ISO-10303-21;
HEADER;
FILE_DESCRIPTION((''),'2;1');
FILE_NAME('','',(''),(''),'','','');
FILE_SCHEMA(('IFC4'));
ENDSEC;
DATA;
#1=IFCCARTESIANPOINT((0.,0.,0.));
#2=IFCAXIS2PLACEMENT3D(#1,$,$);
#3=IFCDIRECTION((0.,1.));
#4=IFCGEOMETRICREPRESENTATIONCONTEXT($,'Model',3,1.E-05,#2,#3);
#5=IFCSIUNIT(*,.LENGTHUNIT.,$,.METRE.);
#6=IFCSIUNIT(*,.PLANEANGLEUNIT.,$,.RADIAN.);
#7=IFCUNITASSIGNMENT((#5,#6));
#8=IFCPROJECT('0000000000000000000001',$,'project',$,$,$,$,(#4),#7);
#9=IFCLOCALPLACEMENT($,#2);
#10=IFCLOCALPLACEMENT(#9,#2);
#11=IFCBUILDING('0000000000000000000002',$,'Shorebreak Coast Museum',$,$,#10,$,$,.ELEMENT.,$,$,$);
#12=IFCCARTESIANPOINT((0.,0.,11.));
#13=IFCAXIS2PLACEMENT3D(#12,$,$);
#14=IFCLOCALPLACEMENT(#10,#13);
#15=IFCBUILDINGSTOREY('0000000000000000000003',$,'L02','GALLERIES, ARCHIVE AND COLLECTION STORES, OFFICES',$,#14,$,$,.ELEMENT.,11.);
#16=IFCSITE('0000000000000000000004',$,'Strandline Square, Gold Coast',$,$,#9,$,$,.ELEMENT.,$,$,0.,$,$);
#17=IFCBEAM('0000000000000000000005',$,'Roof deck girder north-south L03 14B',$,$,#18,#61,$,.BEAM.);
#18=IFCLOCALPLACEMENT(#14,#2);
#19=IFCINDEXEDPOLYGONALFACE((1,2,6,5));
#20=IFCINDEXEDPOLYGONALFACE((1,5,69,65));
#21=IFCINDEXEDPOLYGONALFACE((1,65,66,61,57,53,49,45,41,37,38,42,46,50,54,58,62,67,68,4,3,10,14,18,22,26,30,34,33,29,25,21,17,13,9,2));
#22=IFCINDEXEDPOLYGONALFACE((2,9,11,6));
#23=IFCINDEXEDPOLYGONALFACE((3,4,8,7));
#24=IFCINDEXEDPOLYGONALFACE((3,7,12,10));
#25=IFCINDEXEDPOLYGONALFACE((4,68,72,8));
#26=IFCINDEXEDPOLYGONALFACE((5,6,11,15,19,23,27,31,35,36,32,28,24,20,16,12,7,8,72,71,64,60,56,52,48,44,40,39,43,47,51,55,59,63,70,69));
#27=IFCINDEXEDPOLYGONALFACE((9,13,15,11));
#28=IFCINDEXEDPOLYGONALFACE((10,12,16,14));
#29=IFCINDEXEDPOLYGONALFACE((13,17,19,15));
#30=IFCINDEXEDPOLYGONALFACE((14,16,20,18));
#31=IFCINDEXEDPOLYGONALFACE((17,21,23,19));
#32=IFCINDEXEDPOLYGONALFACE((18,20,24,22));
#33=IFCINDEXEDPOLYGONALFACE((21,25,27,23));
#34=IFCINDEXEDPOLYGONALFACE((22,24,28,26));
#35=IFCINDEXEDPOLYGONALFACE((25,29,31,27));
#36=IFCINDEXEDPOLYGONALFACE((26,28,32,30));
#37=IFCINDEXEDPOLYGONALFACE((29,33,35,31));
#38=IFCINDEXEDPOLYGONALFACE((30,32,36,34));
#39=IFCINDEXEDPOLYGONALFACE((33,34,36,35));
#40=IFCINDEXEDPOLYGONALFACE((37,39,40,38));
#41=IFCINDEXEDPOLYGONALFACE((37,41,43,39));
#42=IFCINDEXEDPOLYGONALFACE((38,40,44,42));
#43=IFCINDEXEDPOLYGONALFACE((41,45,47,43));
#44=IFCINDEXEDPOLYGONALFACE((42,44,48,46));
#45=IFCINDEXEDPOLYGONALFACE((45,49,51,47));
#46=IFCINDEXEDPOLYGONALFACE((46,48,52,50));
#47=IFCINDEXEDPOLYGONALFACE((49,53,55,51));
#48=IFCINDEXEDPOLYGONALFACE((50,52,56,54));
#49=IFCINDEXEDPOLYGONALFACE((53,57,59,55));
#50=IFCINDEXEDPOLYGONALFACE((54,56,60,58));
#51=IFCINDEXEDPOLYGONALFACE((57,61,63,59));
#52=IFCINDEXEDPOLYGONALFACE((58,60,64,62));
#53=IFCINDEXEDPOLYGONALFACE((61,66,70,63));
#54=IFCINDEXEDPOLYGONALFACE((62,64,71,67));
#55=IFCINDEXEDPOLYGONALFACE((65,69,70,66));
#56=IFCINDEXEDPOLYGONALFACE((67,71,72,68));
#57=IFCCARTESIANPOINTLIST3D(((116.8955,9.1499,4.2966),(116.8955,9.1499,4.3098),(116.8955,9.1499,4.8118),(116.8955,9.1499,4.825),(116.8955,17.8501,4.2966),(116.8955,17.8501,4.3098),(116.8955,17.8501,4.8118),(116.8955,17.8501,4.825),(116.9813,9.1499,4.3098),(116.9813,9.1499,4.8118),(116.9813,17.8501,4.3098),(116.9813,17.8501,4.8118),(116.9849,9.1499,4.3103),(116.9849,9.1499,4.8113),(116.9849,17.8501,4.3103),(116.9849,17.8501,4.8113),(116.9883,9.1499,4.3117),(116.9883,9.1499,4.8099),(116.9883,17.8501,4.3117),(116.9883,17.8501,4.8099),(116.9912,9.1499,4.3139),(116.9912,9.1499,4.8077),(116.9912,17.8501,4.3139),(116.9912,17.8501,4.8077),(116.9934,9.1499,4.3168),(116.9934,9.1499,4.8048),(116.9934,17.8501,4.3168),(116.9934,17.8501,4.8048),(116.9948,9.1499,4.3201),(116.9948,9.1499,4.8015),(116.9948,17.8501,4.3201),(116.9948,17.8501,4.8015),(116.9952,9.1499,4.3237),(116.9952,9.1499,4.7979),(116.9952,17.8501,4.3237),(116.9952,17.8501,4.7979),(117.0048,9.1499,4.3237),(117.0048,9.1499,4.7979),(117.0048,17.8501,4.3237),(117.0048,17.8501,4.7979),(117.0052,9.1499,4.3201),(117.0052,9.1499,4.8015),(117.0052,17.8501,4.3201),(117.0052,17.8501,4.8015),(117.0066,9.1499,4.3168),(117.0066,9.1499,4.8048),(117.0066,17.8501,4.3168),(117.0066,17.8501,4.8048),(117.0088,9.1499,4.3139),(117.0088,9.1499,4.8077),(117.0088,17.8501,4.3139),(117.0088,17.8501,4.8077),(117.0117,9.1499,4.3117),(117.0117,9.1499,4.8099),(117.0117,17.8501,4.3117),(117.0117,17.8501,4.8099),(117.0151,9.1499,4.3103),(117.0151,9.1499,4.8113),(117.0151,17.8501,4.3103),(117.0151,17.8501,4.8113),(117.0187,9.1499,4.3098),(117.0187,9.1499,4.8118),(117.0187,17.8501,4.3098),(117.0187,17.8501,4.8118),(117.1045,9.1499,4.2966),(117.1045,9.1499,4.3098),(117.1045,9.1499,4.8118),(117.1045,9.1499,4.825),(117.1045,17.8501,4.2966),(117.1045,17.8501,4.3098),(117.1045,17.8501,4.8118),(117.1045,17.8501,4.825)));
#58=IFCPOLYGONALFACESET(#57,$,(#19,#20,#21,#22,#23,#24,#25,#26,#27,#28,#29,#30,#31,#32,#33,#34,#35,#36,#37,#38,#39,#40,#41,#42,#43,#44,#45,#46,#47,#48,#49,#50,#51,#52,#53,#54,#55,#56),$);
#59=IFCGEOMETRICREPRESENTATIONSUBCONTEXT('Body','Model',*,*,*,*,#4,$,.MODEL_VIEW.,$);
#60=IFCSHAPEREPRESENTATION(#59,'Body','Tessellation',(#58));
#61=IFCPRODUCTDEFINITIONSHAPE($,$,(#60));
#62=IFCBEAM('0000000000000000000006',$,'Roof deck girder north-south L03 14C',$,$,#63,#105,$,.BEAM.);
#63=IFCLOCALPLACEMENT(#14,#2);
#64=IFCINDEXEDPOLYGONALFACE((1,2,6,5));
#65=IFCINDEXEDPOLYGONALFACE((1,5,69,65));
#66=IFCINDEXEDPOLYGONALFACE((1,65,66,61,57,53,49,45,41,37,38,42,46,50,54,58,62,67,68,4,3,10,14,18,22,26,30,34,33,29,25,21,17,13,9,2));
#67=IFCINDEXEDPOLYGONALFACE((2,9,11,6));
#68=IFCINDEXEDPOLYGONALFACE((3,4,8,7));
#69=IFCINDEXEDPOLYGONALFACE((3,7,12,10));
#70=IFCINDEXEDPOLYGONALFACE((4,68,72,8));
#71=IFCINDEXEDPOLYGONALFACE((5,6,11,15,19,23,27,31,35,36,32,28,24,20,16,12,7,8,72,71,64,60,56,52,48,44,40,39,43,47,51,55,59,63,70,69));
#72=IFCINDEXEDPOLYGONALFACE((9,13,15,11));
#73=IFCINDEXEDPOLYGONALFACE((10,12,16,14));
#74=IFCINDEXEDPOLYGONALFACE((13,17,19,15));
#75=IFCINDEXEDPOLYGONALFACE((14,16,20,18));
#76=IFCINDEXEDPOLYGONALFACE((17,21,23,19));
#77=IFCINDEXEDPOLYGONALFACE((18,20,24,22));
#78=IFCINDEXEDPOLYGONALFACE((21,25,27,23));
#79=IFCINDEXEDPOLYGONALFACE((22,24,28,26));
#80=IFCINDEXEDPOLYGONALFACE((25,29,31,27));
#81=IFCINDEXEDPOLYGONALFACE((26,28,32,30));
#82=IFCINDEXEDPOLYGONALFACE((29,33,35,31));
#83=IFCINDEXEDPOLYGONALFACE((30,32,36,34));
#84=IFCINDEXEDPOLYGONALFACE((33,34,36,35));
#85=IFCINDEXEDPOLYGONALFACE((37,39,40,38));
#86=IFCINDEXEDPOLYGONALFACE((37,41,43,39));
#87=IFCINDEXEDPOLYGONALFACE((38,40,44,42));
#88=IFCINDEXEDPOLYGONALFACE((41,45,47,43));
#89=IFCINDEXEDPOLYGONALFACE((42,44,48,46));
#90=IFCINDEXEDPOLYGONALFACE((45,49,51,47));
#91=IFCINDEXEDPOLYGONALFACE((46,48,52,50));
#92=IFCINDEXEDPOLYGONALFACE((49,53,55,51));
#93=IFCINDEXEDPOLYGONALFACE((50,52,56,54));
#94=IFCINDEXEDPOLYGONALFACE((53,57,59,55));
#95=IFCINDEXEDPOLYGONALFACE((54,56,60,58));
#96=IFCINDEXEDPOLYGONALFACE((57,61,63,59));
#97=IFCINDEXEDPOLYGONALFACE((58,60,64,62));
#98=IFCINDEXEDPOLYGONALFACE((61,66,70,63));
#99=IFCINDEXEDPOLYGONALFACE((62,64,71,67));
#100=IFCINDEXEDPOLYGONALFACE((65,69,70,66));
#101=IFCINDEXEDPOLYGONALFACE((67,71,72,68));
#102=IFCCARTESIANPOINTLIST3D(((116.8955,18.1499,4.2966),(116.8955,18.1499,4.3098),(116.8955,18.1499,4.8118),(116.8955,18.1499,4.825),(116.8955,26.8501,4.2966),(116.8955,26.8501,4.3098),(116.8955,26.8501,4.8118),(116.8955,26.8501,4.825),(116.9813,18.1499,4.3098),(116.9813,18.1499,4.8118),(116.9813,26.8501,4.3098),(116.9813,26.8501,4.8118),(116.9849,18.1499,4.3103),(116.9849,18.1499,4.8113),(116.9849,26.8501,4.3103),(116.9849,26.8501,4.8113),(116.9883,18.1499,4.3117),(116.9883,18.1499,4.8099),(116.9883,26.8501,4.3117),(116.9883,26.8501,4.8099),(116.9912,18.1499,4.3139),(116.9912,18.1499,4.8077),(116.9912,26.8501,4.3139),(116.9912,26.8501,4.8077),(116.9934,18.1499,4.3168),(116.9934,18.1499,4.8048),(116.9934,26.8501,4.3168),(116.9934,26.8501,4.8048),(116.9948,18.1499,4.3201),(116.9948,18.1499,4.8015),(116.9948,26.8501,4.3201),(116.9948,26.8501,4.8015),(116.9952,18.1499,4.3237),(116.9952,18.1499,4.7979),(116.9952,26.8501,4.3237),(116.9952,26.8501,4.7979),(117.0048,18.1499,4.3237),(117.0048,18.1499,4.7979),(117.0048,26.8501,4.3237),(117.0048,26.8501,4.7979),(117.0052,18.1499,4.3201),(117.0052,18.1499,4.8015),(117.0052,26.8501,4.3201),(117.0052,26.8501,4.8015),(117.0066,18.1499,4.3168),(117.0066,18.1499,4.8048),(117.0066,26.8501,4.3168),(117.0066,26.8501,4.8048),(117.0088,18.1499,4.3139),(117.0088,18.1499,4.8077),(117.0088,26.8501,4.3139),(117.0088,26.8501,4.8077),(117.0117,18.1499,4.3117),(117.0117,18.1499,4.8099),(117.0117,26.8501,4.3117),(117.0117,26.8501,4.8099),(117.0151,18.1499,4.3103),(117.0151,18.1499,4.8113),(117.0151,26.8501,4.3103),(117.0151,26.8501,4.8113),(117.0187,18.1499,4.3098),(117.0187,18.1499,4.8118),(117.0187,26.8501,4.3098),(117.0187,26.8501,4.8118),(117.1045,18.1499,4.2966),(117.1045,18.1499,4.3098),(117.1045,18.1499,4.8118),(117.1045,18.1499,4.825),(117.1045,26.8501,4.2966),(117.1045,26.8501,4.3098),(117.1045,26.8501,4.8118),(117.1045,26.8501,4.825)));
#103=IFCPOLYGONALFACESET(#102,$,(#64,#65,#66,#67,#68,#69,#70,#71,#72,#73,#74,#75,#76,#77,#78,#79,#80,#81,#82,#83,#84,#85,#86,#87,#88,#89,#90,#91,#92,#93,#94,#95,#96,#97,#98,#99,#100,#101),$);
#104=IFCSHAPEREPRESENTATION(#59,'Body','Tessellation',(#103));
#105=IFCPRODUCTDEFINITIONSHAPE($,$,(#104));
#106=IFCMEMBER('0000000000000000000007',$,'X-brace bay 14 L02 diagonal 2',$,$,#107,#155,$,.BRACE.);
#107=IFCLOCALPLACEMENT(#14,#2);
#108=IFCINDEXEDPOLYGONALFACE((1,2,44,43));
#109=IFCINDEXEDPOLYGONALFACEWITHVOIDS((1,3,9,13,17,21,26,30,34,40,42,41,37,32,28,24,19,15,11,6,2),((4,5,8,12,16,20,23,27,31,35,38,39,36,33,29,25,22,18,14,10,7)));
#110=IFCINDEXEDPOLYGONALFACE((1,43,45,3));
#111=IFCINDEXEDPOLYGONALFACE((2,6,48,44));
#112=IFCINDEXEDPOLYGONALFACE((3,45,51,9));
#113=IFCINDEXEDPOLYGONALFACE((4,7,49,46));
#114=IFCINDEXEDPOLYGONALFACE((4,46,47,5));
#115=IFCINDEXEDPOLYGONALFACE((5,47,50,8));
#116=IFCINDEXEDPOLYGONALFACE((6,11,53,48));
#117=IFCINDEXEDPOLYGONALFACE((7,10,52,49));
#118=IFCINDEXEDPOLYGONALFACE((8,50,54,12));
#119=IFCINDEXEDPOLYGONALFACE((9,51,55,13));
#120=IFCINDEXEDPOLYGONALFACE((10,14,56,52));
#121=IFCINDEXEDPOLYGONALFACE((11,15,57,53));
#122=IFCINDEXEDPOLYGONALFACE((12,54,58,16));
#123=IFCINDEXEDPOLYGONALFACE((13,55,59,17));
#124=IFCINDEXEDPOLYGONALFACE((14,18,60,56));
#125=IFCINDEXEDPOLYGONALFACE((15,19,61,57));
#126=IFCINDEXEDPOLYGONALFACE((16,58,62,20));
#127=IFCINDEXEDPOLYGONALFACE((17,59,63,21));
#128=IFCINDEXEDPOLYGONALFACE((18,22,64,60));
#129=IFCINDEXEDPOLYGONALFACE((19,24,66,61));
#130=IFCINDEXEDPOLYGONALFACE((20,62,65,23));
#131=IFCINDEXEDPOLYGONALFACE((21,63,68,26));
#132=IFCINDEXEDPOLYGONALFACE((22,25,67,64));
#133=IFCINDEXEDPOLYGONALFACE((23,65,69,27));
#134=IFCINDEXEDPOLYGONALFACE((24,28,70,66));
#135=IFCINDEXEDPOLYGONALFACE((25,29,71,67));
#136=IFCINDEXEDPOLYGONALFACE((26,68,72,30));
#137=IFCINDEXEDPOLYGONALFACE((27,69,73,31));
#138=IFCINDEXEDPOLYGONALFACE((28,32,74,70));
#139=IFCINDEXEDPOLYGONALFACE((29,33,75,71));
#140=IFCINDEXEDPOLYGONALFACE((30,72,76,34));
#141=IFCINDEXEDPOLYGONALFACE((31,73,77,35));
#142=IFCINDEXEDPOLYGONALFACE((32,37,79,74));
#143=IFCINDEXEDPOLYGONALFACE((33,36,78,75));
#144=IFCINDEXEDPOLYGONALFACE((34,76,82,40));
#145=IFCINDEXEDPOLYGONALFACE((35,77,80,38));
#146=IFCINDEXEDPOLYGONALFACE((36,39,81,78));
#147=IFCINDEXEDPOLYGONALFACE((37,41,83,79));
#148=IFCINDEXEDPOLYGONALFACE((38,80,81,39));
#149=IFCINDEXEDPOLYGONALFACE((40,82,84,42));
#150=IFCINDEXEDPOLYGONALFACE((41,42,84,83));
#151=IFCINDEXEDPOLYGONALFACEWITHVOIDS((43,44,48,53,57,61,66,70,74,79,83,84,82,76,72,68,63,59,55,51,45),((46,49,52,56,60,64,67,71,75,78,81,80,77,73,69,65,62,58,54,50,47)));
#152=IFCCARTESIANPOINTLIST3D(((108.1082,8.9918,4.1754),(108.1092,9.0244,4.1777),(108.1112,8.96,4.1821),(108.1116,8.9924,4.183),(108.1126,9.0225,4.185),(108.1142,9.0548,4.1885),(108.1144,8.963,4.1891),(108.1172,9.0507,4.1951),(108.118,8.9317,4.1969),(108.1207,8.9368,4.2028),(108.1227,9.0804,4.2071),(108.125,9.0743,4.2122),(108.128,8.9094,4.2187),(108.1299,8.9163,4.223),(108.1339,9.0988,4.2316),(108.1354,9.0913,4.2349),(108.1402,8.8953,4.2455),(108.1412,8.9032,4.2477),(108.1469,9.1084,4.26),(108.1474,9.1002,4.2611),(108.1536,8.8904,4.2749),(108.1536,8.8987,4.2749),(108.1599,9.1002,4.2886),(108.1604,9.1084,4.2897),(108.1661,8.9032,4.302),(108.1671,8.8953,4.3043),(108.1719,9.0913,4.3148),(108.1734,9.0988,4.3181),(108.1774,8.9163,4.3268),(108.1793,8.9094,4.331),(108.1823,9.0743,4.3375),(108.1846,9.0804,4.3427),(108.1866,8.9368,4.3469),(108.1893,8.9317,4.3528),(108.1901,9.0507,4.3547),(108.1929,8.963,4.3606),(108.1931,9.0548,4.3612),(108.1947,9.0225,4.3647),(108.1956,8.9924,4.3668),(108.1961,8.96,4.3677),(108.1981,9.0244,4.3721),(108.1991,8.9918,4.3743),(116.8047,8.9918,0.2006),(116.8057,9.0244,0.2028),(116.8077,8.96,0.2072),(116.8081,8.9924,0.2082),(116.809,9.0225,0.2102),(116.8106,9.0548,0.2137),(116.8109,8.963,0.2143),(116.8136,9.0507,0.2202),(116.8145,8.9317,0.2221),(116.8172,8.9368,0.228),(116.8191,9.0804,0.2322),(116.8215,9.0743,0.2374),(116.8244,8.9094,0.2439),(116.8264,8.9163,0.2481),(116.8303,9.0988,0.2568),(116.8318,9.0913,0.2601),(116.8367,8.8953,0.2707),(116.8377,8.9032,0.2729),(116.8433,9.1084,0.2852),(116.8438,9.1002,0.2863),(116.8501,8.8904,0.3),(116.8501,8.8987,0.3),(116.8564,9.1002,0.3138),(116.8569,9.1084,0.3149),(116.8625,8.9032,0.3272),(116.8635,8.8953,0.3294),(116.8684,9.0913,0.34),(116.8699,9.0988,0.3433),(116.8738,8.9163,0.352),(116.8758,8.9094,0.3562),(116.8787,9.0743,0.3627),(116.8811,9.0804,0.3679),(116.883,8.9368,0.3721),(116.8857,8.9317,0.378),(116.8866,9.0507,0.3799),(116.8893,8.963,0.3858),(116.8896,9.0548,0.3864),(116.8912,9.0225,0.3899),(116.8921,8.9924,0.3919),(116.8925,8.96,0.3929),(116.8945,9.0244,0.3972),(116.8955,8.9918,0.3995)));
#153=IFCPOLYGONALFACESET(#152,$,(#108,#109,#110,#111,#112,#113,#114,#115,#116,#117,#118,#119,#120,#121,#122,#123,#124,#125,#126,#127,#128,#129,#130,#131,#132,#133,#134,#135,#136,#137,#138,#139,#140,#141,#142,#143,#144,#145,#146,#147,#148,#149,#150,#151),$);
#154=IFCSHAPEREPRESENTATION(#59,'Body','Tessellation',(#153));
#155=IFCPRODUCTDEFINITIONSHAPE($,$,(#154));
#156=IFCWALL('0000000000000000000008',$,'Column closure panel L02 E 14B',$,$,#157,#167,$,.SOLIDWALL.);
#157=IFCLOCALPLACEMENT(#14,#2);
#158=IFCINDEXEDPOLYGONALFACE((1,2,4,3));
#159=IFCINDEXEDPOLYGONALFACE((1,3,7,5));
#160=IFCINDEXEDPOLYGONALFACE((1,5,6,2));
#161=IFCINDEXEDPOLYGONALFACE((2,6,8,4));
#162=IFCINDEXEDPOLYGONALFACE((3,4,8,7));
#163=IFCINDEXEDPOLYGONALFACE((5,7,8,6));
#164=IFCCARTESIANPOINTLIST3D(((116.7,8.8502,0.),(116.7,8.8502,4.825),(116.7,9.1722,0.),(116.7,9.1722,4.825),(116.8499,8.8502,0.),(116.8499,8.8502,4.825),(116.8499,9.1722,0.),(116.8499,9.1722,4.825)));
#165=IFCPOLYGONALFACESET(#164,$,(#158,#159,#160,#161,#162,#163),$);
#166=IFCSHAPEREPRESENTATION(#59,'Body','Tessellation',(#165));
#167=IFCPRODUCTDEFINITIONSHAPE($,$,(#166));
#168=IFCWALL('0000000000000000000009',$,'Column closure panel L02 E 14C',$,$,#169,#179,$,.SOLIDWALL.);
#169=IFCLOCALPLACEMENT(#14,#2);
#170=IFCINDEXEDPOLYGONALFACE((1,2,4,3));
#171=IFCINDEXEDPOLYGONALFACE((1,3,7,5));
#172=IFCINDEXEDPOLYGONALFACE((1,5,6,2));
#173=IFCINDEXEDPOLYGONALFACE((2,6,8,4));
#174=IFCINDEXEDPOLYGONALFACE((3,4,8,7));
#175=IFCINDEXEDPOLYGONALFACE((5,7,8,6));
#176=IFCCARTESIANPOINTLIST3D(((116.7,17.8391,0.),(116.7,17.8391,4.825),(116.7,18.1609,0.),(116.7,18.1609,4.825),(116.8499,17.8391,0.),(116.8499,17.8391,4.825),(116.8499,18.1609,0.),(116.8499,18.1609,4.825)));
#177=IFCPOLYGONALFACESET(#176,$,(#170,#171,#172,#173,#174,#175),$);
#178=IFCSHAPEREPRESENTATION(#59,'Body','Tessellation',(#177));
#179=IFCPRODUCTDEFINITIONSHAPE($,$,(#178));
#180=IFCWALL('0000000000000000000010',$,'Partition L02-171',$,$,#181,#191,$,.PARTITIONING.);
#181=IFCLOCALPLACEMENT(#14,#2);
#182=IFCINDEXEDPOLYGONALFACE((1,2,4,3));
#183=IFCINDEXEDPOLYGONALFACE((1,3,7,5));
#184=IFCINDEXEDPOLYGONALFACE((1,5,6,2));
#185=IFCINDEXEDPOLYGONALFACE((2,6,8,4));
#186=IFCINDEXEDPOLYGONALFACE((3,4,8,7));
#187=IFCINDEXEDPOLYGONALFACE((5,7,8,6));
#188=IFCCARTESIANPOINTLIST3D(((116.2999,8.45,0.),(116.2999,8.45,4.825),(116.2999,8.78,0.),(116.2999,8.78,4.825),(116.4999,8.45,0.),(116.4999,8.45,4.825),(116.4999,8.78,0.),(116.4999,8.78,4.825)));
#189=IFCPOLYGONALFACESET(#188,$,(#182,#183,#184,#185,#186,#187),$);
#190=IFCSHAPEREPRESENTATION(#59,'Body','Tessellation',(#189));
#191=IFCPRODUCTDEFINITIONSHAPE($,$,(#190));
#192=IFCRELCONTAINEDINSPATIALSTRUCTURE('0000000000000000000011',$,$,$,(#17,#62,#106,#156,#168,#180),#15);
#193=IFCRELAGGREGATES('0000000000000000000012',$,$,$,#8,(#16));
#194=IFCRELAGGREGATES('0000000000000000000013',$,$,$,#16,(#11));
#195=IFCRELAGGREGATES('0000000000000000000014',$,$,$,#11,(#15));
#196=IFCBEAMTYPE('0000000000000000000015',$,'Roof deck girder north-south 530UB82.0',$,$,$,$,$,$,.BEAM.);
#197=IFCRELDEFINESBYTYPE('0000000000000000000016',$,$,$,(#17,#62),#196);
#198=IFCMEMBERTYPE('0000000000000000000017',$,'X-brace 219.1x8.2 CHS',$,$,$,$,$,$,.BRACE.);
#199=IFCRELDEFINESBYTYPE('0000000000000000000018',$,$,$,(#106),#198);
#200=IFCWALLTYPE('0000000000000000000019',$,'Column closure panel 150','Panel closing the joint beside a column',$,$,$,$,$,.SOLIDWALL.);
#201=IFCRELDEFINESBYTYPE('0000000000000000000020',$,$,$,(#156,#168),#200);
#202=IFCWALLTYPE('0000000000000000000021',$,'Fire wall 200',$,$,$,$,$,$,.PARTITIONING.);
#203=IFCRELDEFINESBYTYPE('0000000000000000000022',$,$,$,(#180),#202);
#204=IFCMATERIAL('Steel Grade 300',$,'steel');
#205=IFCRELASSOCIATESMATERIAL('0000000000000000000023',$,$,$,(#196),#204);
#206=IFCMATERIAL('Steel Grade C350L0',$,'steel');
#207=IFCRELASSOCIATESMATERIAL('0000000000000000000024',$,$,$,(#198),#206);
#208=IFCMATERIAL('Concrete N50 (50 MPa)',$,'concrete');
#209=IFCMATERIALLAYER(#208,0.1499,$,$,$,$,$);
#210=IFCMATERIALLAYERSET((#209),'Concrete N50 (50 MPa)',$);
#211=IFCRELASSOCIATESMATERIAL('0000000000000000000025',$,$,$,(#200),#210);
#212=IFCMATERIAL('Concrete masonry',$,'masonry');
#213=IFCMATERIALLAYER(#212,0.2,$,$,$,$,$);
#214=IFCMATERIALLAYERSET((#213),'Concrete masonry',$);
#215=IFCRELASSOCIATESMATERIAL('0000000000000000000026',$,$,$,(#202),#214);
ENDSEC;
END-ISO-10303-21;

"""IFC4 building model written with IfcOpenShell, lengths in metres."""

from ifc_helpers import new_model, si_unit, direction, frame, frame_2d, origin, origin_2d, place, context, subcontext, project, spatial, rectangle, hollow_circle, i_section, extrude, material, layer, layer_set, material_profile, profile_set, type_object, element, save


model = new_model("IFC4")

# Units and contexts
model_context = context("Model", 3, precision=1e-05, world=origin(), true_north=direction((0.0, 1.0)))
body_context = subcontext(model_context, "Body", "Model", "MODEL_VIEW")
ifc_project = project(units=[si_unit("LENGTHUNIT", "METRE"), si_unit("PLANEANGLEUNIT", "RADIAN")], contexts=[model_context])

# Site, building, storey
site_placement = place(None, origin())
site = spatial("IfcSite", under=ifc_project, at=site_placement, Name="Strandline Square, Gold Coast", CompositionType="ELEMENT", RefElevation=0.0)
building_placement = place(site_placement, origin())
building = spatial("IfcBuilding", under=site, at=building_placement, Name="Shorebreak Coast Museum", CompositionType="ELEMENT")
storey_placement = place(building_placement, frame((0.0, 0.0, 11.0)))
storey = spatial("IfcBuildingStorey", under=building, at=storey_placement, Name="L02", Description="GALLERIES, ARCHIVE AND COLLECTION STORES, OFFICES", CompositionType="ELEMENT", Elevation=11.0)

# Beams
ifc_material_1 = material(Name="Steel Grade 300", Category="steel")
ifc_material_profile_1 = material_profile(ifc_material_1, i_section(OverallWidth=0.209, OverallDepth=0.5283, WebThickness=0.0095, FlangeThickness=0.0132, FilletRadius=0.0139, at=origin_2d()), Name="530UB82.0")
ifc_profile_set_1 = profile_set([ifc_material_profile_1], Name="Steel Grade 300")
beam_type_1 = type_object("IfcBeamType", Name="Roof deck girder north-south 530UB82.0", PredefinedType="BEAM", material=ifc_profile_set_1)
for number, where, z_axis, x_axis, name in (
    (1, (117.0, 9.1499, 4.5608), (0.0, 1.0, 0.0), (-1.0, 0.0, 0.0), "Roof deck girder north-south L03 14B"),
    (2, (117.0, 18.1499, 4.5608), (0.0, 1.0, 0.0), (-1.0, 0.0, 0.0), "Roof deck girder north-south L03 14C"),
):
    element("IfcBeam", number, at=place(storey_placement, frame(where, z_axis=z_axis, x_axis=x_axis)), inside=storey, type_object=beam_type_1, Name=name, PredefinedType="BEAM", context=body_context, shape_type="SweptSolid", body=[
        extrude(i_section(OverallWidth=0.209, OverallDepth=0.5283, WebThickness=0.0095, FlangeThickness=0.0132, FilletRadius=0.0139, at=origin_2d()), origin(), (0.0, 0.0, 1.0), 8.7002),
    ])

# Member
ifc_material_2 = material(Name="Steel Grade C350L0", Category="steel")
ifc_material_profile_2 = material_profile(ifc_material_2, hollow_circle(Radius=0.1096, WallThickness=0.0083, at=origin_2d()), Name="219.1x8.2 CHS")
ifc_profile_set_2 = profile_set([ifc_material_profile_2], Name="Steel Grade C350L0")
member_type = type_object("IfcMemberType", Name="X-brace 219.1x8.2 CHS", PredefinedType="BRACE", material=ifc_profile_set_2)
member_placement = place(storey_placement, frame((116.8501, 9.0, 0.3), z_axis=(-0.909502, 0.0, 0.415699), x_axis=(0.0, -1.0, 0.0)))
element("IfcMember", 3, at=member_placement, inside=storey, type_object=member_type, Name="X-brace bay 14 L02 diagonal 2", PredefinedType="BRACE", context=body_context, shape_type="SweptSolid", body=[
    extrude(hollow_circle(Radius=0.1096, WallThickness=0.0083, at=origin_2d()), origin(), (0.0, 0.0, 1.0), 9.5618),
])

# Walls
ifc_material_3 = material(Name="Concrete N50 (50 MPa)", Category="concrete")
ifc_layer_1 = layer(ifc_material_3, 0.1499)
ifc_layer_set_1 = layer_set([ifc_layer_1], Name="Concrete N50 (50 MPa)")
wall_type_1 = type_object("IfcWallType", Name="Column closure panel 150", Description="Panel closing the joint beside a column", PredefinedType="SOLIDWALL", material=ifc_layer_set_1)
wall_1_placement = place(storey_placement, frame((116.7749, 8.8501, 0.0), z_axis=(0.0, 0.0, 1.0), x_axis=(0.0, 1.0, 0.0)))
element("IfcWall", 4, at=wall_1_placement, inside=storey, type_object=wall_type_1, Name="Column closure panel L02 E 14B", PredefinedType="SOLIDWALL", context=body_context, shape_type="SweptSolid", body=[
    extrude(rectangle(XDim=0.322, YDim=0.1499, at=frame_2d((0.1611, 0.0))), origin(), (0.0, 0.0, 1.0), 4.825),
])
wall_2_placement = place(storey_placement, frame((116.7749, 17.8391, 0.0), z_axis=(0.0, 0.0, 1.0), x_axis=(0.0, 1.0, 0.0)))
element("IfcWall", 5, at=wall_2_placement, inside=storey, type_object=wall_type_1, Name="Column closure panel L02 E 14C", PredefinedType="SOLIDWALL", context=body_context, shape_type="SweptSolid", body=[
    extrude(rectangle(XDim=0.3218, YDim=0.1499, at=frame_2d((0.1609, 0.0))), origin(), (0.0, 0.0, 1.0), 4.825),
])
ifc_material_4 = material(Name="Concrete masonry", Category="masonry")
ifc_layer_2 = layer(ifc_material_4, 0.2)
ifc_layer_set_2 = layer_set([ifc_layer_2], Name="Concrete masonry")
wall_type_2 = type_object("IfcWallType", Name="Fire wall 200", PredefinedType="PARTITIONING", material=ifc_layer_set_2)
wall_3_placement = place(storey_placement, frame((116.3999, 8.45, 0.0), z_axis=(0.0, 0.0, 1.0), x_axis=(0.0, 1.0, 0.0)))
element("IfcWall", 6, at=wall_3_placement, inside=storey, type_object=wall_type_2, Name="Partition L02-171", PredefinedType="PARTITIONING", context=body_context, shape_type="SweptSolid", body=[
    extrude(rectangle(XDim=0.3301, YDim=0.2, at=frame_2d((0.165, 0.0))), origin(), (0.0, 0.0, 1.0), 4.825),
])

save(model, "model.ifc")
